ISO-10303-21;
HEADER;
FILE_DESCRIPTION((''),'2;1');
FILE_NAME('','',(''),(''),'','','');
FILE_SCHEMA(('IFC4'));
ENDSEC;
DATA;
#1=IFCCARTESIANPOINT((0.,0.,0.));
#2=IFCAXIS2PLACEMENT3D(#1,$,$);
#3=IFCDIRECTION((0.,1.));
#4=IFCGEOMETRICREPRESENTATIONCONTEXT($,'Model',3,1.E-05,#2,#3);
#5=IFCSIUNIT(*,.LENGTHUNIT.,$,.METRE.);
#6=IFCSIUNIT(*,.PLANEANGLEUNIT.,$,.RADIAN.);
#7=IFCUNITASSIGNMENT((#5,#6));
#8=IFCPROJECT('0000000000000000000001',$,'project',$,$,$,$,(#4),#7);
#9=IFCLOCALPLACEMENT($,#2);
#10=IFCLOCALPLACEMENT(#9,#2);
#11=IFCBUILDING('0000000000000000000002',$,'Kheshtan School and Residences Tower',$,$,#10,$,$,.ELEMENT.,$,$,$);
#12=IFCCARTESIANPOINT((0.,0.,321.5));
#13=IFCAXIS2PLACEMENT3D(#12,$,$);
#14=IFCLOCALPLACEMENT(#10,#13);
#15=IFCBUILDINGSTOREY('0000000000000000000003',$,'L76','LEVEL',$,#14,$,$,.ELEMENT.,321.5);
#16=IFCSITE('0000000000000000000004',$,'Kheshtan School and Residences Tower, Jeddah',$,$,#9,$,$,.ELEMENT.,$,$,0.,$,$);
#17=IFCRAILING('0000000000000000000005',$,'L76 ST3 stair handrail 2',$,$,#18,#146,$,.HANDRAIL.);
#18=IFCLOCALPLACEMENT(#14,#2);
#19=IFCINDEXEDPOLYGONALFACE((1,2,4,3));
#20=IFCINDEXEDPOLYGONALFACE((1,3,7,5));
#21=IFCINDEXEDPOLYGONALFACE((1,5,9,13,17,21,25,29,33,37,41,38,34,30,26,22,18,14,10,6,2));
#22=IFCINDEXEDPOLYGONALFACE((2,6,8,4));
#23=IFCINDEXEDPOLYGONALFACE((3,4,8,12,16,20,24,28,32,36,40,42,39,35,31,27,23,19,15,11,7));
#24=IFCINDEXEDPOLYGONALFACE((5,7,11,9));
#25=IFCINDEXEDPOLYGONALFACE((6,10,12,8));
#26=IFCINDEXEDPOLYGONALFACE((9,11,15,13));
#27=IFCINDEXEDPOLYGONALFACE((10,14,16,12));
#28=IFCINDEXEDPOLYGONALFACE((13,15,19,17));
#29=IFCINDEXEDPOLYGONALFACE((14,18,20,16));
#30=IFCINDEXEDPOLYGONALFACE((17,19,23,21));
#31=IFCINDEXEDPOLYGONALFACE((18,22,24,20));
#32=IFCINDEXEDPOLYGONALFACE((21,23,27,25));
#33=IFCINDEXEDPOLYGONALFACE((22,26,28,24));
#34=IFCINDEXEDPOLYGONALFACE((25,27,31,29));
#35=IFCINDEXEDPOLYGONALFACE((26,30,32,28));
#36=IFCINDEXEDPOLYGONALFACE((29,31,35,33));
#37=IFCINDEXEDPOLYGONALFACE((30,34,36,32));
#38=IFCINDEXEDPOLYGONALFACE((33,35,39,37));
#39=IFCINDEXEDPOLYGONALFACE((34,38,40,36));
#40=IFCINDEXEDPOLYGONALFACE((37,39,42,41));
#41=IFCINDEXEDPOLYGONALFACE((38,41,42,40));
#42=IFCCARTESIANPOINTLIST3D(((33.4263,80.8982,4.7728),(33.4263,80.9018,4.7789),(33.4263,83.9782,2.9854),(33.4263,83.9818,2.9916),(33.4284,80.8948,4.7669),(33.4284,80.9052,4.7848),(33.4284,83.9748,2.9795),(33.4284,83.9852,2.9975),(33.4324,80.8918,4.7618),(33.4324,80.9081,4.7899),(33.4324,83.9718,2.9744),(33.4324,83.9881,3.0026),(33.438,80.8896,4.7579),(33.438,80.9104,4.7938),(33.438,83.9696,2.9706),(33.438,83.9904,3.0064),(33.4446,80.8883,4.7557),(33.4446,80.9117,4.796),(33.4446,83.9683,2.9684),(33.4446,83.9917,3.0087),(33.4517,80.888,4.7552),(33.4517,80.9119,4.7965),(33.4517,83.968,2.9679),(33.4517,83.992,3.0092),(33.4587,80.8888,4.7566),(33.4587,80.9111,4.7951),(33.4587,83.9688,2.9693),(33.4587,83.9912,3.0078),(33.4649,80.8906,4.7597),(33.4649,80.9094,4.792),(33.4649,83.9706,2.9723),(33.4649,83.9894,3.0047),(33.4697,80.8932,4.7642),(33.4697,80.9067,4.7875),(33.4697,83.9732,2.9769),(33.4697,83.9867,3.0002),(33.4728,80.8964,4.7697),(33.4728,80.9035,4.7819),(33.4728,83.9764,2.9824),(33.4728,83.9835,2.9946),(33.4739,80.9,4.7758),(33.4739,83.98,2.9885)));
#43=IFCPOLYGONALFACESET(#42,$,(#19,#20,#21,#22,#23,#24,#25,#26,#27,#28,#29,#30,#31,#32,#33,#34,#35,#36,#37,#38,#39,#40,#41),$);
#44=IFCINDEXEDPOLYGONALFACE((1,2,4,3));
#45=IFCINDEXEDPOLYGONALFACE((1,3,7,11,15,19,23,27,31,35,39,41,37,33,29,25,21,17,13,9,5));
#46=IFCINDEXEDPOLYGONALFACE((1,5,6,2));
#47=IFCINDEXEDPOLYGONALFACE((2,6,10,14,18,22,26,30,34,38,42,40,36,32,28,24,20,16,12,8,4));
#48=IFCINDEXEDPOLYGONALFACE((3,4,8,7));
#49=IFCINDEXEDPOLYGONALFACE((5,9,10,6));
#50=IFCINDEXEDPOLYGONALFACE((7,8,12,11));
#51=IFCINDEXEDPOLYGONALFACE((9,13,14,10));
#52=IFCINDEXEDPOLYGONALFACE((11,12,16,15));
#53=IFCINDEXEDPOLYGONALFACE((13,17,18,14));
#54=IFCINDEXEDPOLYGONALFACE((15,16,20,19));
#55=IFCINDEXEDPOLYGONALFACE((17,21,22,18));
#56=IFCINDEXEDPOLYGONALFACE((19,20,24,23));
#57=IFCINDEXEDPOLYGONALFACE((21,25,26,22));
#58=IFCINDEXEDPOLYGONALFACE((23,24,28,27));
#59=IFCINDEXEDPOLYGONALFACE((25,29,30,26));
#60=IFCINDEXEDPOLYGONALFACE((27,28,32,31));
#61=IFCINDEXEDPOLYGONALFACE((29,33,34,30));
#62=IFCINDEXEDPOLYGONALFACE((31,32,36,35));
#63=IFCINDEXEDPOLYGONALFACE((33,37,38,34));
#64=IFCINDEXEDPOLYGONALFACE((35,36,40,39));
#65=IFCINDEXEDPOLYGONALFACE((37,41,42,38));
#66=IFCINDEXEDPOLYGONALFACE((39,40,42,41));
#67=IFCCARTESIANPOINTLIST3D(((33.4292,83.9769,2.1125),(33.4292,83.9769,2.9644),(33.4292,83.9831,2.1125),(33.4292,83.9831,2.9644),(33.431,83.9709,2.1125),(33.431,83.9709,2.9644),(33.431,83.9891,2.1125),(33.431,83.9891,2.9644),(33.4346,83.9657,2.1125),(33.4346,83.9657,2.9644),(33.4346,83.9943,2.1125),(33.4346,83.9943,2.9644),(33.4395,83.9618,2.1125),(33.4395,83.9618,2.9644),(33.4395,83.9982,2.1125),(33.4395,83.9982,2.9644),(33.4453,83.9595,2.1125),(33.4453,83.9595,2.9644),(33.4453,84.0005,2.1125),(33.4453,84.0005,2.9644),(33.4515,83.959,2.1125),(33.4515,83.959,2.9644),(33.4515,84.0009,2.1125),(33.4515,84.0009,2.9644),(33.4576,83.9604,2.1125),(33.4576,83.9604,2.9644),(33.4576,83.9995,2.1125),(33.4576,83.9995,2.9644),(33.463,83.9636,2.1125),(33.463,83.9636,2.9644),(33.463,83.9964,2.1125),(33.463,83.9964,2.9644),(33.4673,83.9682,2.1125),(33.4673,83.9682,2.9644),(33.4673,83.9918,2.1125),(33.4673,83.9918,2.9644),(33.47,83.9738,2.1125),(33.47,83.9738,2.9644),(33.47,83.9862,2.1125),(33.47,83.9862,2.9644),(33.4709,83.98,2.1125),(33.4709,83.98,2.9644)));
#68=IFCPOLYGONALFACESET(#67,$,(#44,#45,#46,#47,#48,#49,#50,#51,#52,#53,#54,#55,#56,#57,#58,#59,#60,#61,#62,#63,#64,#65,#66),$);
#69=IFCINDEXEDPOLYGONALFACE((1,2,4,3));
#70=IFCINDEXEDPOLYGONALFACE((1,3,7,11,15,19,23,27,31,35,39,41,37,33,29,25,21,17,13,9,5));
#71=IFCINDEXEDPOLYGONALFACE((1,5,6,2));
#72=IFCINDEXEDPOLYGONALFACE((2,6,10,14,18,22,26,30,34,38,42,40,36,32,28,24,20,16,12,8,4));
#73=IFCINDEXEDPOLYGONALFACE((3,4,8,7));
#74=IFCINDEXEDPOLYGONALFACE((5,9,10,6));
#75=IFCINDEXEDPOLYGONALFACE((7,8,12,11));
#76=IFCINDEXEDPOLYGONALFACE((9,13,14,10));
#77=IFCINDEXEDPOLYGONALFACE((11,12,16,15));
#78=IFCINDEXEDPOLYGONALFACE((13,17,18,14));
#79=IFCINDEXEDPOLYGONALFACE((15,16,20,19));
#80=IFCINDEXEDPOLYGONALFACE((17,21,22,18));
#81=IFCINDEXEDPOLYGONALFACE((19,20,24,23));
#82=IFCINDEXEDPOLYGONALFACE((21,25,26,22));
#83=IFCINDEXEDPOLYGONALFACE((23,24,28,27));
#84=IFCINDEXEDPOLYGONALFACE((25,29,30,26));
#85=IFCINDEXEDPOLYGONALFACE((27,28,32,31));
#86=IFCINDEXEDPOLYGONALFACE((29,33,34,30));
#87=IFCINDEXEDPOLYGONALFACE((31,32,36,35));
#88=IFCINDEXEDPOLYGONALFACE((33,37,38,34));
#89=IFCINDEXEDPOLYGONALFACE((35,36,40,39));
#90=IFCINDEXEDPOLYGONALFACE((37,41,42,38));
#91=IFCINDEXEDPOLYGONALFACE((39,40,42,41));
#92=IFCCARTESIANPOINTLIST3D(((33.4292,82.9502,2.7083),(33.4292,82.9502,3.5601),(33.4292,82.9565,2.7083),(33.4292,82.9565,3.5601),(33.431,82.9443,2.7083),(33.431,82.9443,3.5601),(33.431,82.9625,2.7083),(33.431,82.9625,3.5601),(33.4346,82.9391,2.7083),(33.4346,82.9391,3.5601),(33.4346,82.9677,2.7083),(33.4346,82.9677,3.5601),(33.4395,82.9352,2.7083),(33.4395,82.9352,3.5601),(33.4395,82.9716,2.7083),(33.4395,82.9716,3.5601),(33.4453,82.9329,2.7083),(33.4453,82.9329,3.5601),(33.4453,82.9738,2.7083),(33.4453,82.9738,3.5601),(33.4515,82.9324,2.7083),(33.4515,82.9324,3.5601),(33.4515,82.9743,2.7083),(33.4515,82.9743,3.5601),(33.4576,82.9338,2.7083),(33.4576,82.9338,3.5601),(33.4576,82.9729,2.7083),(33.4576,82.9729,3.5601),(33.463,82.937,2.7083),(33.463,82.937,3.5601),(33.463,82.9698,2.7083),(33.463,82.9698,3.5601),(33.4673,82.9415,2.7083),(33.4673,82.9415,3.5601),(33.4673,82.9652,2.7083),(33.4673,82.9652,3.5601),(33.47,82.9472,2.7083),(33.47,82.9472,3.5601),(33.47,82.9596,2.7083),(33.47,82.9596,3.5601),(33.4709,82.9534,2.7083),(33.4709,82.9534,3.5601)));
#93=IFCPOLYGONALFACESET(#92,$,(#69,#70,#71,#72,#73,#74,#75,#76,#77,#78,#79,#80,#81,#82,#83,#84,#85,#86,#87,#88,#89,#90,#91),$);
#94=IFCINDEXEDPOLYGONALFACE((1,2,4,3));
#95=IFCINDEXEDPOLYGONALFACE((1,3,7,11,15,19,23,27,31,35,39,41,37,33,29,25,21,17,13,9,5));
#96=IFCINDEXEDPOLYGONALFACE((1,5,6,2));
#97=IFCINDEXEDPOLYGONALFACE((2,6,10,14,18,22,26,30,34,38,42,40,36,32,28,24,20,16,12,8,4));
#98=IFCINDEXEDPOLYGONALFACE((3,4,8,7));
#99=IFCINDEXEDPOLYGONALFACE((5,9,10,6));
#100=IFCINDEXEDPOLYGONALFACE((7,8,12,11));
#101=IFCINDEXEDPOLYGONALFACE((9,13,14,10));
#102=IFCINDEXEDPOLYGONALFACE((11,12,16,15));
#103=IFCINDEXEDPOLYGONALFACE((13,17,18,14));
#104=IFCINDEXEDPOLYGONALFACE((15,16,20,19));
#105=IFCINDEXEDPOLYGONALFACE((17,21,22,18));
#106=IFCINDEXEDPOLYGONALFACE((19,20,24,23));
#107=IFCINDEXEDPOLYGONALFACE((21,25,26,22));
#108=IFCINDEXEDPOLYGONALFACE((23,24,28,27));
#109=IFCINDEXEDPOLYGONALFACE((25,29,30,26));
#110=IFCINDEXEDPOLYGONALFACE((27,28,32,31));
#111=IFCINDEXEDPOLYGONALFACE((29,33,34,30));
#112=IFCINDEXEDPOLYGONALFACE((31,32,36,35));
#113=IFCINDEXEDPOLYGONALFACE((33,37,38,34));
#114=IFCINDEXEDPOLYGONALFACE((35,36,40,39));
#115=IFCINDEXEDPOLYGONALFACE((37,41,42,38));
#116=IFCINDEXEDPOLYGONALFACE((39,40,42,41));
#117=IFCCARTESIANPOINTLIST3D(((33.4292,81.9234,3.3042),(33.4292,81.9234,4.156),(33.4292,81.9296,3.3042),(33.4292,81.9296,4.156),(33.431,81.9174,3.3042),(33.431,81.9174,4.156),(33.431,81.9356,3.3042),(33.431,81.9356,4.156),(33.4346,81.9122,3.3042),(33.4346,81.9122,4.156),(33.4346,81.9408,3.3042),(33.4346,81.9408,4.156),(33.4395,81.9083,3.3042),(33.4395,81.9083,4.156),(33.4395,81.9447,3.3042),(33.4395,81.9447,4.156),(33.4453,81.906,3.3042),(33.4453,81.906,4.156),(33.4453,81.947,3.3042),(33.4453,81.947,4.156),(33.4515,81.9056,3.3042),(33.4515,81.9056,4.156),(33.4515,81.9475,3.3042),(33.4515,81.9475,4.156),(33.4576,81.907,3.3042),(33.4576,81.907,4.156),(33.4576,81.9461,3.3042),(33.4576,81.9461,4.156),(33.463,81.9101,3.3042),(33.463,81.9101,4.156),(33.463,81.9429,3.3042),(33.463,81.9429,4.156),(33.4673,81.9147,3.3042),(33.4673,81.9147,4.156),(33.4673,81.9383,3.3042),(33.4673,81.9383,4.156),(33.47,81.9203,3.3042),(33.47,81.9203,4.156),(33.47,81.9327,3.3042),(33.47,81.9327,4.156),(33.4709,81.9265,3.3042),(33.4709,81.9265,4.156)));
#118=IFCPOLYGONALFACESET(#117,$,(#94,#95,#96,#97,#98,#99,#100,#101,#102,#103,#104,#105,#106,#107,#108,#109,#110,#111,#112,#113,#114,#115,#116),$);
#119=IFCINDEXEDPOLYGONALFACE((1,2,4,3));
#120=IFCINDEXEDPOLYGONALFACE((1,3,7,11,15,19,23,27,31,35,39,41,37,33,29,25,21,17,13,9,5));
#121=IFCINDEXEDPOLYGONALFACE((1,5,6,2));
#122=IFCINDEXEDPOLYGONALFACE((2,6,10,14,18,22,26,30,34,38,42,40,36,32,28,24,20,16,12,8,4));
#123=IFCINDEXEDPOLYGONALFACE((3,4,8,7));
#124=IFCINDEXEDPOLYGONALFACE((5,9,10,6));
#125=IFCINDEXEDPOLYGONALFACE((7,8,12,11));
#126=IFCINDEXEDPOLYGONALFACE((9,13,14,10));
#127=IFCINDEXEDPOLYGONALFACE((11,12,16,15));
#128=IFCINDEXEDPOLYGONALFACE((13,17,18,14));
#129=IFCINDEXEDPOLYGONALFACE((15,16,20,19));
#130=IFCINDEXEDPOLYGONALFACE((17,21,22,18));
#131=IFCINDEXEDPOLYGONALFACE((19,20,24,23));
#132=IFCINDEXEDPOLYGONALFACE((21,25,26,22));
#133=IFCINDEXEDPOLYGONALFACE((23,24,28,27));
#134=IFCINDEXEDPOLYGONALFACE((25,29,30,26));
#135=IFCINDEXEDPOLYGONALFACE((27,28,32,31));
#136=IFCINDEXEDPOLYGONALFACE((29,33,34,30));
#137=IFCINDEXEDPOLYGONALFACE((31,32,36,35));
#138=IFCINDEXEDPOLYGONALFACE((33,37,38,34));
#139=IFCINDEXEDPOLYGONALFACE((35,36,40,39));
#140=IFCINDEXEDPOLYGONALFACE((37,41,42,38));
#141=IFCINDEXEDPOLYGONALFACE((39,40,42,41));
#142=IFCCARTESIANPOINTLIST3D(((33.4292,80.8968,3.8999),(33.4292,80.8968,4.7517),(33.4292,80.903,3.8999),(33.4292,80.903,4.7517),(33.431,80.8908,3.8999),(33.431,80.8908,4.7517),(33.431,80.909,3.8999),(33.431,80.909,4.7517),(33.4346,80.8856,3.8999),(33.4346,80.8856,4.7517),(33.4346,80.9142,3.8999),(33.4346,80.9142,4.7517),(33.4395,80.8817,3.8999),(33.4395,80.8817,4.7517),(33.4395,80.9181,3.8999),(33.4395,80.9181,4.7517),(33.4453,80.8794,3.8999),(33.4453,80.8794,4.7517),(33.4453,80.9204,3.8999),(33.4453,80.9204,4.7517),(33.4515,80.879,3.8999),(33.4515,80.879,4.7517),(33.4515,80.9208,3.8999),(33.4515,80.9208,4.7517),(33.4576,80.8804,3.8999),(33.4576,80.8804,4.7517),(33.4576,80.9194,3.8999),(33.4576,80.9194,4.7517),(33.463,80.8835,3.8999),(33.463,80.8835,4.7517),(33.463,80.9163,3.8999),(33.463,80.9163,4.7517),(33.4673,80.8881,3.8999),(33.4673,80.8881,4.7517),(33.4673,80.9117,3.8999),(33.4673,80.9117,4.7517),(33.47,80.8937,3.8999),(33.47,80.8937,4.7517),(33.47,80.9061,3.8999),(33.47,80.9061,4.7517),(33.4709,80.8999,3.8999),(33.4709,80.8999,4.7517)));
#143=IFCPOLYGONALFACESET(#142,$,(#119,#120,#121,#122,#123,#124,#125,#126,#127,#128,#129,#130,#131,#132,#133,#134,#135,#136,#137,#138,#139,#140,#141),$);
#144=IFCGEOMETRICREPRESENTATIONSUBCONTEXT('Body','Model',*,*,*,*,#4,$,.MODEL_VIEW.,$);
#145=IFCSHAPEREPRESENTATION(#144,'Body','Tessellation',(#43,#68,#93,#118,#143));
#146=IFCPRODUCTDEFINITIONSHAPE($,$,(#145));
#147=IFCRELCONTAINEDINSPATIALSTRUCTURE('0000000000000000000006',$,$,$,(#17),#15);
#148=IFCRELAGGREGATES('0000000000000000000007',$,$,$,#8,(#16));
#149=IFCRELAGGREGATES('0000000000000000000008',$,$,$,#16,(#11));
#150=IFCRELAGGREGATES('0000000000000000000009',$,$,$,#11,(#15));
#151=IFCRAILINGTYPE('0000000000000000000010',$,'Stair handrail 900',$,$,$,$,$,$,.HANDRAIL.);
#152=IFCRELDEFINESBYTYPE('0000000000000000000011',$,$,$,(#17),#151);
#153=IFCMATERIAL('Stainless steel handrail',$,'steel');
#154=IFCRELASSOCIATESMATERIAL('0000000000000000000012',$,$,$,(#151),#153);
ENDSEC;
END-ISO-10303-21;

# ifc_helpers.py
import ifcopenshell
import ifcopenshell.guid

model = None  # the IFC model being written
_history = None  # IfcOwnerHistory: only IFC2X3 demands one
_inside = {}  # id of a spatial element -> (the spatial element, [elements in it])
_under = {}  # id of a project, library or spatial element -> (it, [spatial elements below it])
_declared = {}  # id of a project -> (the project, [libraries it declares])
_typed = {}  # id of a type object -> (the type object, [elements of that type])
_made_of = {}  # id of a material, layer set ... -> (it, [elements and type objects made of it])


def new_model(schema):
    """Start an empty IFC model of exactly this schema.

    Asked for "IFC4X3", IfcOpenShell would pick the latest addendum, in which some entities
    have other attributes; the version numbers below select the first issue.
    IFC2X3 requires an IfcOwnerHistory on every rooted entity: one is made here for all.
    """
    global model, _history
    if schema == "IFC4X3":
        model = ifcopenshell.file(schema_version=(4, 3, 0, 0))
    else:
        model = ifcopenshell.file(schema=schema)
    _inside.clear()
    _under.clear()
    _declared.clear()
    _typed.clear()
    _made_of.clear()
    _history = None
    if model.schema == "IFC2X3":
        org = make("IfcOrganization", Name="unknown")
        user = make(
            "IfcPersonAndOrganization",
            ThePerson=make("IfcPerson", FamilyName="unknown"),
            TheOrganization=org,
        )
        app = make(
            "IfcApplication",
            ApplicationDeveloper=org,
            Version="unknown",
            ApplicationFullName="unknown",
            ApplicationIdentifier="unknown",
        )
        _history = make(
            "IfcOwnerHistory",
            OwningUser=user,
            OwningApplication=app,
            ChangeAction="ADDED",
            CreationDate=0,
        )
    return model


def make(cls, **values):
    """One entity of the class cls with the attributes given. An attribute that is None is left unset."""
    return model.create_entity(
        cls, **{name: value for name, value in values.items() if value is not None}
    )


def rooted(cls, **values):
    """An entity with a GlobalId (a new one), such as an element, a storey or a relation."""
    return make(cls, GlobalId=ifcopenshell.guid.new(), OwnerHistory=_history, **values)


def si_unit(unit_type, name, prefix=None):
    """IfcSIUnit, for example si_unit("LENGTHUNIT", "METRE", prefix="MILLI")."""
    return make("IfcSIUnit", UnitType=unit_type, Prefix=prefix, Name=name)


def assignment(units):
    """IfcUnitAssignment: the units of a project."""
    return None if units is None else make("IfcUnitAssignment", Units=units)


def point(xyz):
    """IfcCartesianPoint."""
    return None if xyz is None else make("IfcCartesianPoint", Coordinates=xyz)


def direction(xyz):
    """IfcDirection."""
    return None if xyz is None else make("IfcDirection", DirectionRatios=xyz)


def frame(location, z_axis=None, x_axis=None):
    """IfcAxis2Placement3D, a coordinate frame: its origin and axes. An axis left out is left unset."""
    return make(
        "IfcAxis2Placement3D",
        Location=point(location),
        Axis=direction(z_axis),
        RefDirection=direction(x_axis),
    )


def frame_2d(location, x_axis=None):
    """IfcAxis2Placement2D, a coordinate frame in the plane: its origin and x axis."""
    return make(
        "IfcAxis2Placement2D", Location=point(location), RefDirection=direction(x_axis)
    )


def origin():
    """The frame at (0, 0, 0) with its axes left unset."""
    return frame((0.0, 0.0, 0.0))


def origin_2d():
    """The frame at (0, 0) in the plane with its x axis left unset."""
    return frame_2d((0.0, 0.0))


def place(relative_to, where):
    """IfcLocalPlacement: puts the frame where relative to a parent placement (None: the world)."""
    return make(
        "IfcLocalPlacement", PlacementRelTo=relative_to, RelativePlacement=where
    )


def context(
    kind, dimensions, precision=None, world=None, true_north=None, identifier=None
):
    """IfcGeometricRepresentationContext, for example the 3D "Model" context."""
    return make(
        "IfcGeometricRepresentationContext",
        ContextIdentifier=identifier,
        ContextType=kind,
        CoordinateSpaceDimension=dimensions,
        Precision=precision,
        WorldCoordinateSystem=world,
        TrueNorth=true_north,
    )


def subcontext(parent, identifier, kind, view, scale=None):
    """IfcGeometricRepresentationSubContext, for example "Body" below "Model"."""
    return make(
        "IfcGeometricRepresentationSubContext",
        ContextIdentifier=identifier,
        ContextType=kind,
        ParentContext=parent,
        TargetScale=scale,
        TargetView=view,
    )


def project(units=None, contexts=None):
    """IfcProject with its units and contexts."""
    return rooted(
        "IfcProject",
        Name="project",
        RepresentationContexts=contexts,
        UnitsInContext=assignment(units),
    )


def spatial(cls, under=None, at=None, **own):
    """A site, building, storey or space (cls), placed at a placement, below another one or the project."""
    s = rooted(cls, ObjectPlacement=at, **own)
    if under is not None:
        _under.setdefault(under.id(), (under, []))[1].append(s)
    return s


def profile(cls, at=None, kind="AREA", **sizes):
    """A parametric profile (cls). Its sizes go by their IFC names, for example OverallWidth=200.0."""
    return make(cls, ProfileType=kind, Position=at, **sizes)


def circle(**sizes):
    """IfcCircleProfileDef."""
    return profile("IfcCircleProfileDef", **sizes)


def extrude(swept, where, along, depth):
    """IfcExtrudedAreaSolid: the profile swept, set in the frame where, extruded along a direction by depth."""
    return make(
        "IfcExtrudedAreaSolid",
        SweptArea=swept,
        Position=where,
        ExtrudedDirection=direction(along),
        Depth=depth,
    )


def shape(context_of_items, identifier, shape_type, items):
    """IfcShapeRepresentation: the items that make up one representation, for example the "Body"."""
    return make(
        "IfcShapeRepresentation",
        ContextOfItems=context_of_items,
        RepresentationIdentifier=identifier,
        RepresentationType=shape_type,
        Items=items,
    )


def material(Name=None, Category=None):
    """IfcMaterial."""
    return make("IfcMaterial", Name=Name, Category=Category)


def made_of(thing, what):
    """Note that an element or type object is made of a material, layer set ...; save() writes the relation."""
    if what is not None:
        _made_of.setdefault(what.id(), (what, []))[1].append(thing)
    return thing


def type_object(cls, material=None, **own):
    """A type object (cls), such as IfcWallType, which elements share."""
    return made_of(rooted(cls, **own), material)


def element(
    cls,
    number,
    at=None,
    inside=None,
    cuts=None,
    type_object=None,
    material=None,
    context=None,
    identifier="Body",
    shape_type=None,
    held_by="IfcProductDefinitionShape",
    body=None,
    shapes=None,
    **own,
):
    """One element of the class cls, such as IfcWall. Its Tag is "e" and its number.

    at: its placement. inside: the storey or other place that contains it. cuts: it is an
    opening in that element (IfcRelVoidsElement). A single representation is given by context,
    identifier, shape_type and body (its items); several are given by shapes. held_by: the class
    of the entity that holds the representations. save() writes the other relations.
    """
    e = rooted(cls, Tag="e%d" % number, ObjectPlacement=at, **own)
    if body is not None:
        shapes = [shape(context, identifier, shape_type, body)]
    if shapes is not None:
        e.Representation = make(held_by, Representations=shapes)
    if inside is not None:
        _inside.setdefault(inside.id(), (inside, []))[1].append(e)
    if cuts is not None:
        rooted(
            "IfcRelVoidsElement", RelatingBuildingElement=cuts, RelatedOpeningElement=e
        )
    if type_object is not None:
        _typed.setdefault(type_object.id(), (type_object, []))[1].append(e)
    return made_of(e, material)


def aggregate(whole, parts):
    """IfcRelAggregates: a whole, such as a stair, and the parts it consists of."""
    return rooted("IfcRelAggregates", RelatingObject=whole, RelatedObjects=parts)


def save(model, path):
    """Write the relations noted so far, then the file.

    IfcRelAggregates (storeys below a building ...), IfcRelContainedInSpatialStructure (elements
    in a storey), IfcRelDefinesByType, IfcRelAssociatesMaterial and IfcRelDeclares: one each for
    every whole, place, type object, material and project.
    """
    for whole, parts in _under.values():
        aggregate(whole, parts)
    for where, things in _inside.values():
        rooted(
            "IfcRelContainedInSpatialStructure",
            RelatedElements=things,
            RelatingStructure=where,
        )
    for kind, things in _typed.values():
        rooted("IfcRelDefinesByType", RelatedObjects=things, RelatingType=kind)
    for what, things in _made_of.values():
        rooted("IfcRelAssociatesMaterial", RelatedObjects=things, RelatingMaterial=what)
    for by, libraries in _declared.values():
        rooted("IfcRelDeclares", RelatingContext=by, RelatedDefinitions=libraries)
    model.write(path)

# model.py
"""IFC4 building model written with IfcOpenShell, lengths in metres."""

from ifc_helpers import new_model, si_unit, direction, frame, origin, origin_2d, place, context, subcontext, project, spatial, circle, extrude, material, type_object, element, save


model = new_model("IFC4")

# Units and contexts
model_context = context("Model", 3, precision=1e-05, world=origin(), true_north=direction((0.0, 1.0)))
body_context = subcontext(model_context, "Body", "Model", "MODEL_VIEW")
ifc_project = project(units=[si_unit("LENGTHUNIT", "METRE"), si_unit("PLANEANGLEUNIT", "RADIAN")], contexts=[model_context])

# Site, building, storey
site_placement = place(None, origin())
site = spatial("IfcSite", under=ifc_project, at=site_placement, Name="Kheshtan School and Residences Tower, Jeddah", CompositionType="ELEMENT", RefElevation=0.0)
building_placement = place(site_placement, origin())
building = spatial("IfcBuilding", under=site, at=building_placement, Name="Kheshtan School and Residences Tower", CompositionType="ELEMENT")
storey_placement = place(building_placement, frame((0.0, 0.0, 321.5)))
storey = spatial("IfcBuildingStorey", under=building, at=storey_placement, Name="L76", Description="LEVEL", CompositionType="ELEMENT", Elevation=321.5)

# Railing
ifc_material_1 = material(Name="Stainless steel handrail", Category="steel")
railing_type_1 = type_object("IfcRailingType", Name="Stair handrail 900", PredefinedType="HANDRAIL", material=ifc_material_1)
railing_1_placement = place(storey_placement, frame((33.45, 83.98, 2.1125)))
element("IfcRailing", 1, at=railing_1_placement, inside=storey, type_object=railing_type_1, Name="L76 ST3 stair handrail 2", PredefinedType="HANDRAIL", context=body_context, shape_type="SweptSolid", body=[
    extrude(circle(Radius=0.0239, at=origin_2d()), frame((0.0, 0.0, 0.876), z_axis=(0.0, -0.86492, 0.501909), x_axis=(1.0, 0.0, 0.0)), (0.0, 0.0, 1.0), 3.561),
    extrude(circle(Radius=0.021, at=origin_2d()), origin(), (0.0, 0.0, 1.0), 0.8518),
    extrude(circle(Radius=0.021, at=origin_2d()), frame((0.0, -1.0266, 0.5957)), (0.0, 0.0, 1.0), 0.8518),
    extrude(circle(Radius=0.021, at=origin_2d()), frame((0.0, -2.0535, 1.1917)), (0.0, 0.0, 1.0), 0.8518),
    extrude(circle(Radius=0.021, at=origin_2d()), frame((0.0, -3.0801, 1.7874)), (0.0, 0.0, 1.0), 0.8518),
])

save(model, "model.ifc")
